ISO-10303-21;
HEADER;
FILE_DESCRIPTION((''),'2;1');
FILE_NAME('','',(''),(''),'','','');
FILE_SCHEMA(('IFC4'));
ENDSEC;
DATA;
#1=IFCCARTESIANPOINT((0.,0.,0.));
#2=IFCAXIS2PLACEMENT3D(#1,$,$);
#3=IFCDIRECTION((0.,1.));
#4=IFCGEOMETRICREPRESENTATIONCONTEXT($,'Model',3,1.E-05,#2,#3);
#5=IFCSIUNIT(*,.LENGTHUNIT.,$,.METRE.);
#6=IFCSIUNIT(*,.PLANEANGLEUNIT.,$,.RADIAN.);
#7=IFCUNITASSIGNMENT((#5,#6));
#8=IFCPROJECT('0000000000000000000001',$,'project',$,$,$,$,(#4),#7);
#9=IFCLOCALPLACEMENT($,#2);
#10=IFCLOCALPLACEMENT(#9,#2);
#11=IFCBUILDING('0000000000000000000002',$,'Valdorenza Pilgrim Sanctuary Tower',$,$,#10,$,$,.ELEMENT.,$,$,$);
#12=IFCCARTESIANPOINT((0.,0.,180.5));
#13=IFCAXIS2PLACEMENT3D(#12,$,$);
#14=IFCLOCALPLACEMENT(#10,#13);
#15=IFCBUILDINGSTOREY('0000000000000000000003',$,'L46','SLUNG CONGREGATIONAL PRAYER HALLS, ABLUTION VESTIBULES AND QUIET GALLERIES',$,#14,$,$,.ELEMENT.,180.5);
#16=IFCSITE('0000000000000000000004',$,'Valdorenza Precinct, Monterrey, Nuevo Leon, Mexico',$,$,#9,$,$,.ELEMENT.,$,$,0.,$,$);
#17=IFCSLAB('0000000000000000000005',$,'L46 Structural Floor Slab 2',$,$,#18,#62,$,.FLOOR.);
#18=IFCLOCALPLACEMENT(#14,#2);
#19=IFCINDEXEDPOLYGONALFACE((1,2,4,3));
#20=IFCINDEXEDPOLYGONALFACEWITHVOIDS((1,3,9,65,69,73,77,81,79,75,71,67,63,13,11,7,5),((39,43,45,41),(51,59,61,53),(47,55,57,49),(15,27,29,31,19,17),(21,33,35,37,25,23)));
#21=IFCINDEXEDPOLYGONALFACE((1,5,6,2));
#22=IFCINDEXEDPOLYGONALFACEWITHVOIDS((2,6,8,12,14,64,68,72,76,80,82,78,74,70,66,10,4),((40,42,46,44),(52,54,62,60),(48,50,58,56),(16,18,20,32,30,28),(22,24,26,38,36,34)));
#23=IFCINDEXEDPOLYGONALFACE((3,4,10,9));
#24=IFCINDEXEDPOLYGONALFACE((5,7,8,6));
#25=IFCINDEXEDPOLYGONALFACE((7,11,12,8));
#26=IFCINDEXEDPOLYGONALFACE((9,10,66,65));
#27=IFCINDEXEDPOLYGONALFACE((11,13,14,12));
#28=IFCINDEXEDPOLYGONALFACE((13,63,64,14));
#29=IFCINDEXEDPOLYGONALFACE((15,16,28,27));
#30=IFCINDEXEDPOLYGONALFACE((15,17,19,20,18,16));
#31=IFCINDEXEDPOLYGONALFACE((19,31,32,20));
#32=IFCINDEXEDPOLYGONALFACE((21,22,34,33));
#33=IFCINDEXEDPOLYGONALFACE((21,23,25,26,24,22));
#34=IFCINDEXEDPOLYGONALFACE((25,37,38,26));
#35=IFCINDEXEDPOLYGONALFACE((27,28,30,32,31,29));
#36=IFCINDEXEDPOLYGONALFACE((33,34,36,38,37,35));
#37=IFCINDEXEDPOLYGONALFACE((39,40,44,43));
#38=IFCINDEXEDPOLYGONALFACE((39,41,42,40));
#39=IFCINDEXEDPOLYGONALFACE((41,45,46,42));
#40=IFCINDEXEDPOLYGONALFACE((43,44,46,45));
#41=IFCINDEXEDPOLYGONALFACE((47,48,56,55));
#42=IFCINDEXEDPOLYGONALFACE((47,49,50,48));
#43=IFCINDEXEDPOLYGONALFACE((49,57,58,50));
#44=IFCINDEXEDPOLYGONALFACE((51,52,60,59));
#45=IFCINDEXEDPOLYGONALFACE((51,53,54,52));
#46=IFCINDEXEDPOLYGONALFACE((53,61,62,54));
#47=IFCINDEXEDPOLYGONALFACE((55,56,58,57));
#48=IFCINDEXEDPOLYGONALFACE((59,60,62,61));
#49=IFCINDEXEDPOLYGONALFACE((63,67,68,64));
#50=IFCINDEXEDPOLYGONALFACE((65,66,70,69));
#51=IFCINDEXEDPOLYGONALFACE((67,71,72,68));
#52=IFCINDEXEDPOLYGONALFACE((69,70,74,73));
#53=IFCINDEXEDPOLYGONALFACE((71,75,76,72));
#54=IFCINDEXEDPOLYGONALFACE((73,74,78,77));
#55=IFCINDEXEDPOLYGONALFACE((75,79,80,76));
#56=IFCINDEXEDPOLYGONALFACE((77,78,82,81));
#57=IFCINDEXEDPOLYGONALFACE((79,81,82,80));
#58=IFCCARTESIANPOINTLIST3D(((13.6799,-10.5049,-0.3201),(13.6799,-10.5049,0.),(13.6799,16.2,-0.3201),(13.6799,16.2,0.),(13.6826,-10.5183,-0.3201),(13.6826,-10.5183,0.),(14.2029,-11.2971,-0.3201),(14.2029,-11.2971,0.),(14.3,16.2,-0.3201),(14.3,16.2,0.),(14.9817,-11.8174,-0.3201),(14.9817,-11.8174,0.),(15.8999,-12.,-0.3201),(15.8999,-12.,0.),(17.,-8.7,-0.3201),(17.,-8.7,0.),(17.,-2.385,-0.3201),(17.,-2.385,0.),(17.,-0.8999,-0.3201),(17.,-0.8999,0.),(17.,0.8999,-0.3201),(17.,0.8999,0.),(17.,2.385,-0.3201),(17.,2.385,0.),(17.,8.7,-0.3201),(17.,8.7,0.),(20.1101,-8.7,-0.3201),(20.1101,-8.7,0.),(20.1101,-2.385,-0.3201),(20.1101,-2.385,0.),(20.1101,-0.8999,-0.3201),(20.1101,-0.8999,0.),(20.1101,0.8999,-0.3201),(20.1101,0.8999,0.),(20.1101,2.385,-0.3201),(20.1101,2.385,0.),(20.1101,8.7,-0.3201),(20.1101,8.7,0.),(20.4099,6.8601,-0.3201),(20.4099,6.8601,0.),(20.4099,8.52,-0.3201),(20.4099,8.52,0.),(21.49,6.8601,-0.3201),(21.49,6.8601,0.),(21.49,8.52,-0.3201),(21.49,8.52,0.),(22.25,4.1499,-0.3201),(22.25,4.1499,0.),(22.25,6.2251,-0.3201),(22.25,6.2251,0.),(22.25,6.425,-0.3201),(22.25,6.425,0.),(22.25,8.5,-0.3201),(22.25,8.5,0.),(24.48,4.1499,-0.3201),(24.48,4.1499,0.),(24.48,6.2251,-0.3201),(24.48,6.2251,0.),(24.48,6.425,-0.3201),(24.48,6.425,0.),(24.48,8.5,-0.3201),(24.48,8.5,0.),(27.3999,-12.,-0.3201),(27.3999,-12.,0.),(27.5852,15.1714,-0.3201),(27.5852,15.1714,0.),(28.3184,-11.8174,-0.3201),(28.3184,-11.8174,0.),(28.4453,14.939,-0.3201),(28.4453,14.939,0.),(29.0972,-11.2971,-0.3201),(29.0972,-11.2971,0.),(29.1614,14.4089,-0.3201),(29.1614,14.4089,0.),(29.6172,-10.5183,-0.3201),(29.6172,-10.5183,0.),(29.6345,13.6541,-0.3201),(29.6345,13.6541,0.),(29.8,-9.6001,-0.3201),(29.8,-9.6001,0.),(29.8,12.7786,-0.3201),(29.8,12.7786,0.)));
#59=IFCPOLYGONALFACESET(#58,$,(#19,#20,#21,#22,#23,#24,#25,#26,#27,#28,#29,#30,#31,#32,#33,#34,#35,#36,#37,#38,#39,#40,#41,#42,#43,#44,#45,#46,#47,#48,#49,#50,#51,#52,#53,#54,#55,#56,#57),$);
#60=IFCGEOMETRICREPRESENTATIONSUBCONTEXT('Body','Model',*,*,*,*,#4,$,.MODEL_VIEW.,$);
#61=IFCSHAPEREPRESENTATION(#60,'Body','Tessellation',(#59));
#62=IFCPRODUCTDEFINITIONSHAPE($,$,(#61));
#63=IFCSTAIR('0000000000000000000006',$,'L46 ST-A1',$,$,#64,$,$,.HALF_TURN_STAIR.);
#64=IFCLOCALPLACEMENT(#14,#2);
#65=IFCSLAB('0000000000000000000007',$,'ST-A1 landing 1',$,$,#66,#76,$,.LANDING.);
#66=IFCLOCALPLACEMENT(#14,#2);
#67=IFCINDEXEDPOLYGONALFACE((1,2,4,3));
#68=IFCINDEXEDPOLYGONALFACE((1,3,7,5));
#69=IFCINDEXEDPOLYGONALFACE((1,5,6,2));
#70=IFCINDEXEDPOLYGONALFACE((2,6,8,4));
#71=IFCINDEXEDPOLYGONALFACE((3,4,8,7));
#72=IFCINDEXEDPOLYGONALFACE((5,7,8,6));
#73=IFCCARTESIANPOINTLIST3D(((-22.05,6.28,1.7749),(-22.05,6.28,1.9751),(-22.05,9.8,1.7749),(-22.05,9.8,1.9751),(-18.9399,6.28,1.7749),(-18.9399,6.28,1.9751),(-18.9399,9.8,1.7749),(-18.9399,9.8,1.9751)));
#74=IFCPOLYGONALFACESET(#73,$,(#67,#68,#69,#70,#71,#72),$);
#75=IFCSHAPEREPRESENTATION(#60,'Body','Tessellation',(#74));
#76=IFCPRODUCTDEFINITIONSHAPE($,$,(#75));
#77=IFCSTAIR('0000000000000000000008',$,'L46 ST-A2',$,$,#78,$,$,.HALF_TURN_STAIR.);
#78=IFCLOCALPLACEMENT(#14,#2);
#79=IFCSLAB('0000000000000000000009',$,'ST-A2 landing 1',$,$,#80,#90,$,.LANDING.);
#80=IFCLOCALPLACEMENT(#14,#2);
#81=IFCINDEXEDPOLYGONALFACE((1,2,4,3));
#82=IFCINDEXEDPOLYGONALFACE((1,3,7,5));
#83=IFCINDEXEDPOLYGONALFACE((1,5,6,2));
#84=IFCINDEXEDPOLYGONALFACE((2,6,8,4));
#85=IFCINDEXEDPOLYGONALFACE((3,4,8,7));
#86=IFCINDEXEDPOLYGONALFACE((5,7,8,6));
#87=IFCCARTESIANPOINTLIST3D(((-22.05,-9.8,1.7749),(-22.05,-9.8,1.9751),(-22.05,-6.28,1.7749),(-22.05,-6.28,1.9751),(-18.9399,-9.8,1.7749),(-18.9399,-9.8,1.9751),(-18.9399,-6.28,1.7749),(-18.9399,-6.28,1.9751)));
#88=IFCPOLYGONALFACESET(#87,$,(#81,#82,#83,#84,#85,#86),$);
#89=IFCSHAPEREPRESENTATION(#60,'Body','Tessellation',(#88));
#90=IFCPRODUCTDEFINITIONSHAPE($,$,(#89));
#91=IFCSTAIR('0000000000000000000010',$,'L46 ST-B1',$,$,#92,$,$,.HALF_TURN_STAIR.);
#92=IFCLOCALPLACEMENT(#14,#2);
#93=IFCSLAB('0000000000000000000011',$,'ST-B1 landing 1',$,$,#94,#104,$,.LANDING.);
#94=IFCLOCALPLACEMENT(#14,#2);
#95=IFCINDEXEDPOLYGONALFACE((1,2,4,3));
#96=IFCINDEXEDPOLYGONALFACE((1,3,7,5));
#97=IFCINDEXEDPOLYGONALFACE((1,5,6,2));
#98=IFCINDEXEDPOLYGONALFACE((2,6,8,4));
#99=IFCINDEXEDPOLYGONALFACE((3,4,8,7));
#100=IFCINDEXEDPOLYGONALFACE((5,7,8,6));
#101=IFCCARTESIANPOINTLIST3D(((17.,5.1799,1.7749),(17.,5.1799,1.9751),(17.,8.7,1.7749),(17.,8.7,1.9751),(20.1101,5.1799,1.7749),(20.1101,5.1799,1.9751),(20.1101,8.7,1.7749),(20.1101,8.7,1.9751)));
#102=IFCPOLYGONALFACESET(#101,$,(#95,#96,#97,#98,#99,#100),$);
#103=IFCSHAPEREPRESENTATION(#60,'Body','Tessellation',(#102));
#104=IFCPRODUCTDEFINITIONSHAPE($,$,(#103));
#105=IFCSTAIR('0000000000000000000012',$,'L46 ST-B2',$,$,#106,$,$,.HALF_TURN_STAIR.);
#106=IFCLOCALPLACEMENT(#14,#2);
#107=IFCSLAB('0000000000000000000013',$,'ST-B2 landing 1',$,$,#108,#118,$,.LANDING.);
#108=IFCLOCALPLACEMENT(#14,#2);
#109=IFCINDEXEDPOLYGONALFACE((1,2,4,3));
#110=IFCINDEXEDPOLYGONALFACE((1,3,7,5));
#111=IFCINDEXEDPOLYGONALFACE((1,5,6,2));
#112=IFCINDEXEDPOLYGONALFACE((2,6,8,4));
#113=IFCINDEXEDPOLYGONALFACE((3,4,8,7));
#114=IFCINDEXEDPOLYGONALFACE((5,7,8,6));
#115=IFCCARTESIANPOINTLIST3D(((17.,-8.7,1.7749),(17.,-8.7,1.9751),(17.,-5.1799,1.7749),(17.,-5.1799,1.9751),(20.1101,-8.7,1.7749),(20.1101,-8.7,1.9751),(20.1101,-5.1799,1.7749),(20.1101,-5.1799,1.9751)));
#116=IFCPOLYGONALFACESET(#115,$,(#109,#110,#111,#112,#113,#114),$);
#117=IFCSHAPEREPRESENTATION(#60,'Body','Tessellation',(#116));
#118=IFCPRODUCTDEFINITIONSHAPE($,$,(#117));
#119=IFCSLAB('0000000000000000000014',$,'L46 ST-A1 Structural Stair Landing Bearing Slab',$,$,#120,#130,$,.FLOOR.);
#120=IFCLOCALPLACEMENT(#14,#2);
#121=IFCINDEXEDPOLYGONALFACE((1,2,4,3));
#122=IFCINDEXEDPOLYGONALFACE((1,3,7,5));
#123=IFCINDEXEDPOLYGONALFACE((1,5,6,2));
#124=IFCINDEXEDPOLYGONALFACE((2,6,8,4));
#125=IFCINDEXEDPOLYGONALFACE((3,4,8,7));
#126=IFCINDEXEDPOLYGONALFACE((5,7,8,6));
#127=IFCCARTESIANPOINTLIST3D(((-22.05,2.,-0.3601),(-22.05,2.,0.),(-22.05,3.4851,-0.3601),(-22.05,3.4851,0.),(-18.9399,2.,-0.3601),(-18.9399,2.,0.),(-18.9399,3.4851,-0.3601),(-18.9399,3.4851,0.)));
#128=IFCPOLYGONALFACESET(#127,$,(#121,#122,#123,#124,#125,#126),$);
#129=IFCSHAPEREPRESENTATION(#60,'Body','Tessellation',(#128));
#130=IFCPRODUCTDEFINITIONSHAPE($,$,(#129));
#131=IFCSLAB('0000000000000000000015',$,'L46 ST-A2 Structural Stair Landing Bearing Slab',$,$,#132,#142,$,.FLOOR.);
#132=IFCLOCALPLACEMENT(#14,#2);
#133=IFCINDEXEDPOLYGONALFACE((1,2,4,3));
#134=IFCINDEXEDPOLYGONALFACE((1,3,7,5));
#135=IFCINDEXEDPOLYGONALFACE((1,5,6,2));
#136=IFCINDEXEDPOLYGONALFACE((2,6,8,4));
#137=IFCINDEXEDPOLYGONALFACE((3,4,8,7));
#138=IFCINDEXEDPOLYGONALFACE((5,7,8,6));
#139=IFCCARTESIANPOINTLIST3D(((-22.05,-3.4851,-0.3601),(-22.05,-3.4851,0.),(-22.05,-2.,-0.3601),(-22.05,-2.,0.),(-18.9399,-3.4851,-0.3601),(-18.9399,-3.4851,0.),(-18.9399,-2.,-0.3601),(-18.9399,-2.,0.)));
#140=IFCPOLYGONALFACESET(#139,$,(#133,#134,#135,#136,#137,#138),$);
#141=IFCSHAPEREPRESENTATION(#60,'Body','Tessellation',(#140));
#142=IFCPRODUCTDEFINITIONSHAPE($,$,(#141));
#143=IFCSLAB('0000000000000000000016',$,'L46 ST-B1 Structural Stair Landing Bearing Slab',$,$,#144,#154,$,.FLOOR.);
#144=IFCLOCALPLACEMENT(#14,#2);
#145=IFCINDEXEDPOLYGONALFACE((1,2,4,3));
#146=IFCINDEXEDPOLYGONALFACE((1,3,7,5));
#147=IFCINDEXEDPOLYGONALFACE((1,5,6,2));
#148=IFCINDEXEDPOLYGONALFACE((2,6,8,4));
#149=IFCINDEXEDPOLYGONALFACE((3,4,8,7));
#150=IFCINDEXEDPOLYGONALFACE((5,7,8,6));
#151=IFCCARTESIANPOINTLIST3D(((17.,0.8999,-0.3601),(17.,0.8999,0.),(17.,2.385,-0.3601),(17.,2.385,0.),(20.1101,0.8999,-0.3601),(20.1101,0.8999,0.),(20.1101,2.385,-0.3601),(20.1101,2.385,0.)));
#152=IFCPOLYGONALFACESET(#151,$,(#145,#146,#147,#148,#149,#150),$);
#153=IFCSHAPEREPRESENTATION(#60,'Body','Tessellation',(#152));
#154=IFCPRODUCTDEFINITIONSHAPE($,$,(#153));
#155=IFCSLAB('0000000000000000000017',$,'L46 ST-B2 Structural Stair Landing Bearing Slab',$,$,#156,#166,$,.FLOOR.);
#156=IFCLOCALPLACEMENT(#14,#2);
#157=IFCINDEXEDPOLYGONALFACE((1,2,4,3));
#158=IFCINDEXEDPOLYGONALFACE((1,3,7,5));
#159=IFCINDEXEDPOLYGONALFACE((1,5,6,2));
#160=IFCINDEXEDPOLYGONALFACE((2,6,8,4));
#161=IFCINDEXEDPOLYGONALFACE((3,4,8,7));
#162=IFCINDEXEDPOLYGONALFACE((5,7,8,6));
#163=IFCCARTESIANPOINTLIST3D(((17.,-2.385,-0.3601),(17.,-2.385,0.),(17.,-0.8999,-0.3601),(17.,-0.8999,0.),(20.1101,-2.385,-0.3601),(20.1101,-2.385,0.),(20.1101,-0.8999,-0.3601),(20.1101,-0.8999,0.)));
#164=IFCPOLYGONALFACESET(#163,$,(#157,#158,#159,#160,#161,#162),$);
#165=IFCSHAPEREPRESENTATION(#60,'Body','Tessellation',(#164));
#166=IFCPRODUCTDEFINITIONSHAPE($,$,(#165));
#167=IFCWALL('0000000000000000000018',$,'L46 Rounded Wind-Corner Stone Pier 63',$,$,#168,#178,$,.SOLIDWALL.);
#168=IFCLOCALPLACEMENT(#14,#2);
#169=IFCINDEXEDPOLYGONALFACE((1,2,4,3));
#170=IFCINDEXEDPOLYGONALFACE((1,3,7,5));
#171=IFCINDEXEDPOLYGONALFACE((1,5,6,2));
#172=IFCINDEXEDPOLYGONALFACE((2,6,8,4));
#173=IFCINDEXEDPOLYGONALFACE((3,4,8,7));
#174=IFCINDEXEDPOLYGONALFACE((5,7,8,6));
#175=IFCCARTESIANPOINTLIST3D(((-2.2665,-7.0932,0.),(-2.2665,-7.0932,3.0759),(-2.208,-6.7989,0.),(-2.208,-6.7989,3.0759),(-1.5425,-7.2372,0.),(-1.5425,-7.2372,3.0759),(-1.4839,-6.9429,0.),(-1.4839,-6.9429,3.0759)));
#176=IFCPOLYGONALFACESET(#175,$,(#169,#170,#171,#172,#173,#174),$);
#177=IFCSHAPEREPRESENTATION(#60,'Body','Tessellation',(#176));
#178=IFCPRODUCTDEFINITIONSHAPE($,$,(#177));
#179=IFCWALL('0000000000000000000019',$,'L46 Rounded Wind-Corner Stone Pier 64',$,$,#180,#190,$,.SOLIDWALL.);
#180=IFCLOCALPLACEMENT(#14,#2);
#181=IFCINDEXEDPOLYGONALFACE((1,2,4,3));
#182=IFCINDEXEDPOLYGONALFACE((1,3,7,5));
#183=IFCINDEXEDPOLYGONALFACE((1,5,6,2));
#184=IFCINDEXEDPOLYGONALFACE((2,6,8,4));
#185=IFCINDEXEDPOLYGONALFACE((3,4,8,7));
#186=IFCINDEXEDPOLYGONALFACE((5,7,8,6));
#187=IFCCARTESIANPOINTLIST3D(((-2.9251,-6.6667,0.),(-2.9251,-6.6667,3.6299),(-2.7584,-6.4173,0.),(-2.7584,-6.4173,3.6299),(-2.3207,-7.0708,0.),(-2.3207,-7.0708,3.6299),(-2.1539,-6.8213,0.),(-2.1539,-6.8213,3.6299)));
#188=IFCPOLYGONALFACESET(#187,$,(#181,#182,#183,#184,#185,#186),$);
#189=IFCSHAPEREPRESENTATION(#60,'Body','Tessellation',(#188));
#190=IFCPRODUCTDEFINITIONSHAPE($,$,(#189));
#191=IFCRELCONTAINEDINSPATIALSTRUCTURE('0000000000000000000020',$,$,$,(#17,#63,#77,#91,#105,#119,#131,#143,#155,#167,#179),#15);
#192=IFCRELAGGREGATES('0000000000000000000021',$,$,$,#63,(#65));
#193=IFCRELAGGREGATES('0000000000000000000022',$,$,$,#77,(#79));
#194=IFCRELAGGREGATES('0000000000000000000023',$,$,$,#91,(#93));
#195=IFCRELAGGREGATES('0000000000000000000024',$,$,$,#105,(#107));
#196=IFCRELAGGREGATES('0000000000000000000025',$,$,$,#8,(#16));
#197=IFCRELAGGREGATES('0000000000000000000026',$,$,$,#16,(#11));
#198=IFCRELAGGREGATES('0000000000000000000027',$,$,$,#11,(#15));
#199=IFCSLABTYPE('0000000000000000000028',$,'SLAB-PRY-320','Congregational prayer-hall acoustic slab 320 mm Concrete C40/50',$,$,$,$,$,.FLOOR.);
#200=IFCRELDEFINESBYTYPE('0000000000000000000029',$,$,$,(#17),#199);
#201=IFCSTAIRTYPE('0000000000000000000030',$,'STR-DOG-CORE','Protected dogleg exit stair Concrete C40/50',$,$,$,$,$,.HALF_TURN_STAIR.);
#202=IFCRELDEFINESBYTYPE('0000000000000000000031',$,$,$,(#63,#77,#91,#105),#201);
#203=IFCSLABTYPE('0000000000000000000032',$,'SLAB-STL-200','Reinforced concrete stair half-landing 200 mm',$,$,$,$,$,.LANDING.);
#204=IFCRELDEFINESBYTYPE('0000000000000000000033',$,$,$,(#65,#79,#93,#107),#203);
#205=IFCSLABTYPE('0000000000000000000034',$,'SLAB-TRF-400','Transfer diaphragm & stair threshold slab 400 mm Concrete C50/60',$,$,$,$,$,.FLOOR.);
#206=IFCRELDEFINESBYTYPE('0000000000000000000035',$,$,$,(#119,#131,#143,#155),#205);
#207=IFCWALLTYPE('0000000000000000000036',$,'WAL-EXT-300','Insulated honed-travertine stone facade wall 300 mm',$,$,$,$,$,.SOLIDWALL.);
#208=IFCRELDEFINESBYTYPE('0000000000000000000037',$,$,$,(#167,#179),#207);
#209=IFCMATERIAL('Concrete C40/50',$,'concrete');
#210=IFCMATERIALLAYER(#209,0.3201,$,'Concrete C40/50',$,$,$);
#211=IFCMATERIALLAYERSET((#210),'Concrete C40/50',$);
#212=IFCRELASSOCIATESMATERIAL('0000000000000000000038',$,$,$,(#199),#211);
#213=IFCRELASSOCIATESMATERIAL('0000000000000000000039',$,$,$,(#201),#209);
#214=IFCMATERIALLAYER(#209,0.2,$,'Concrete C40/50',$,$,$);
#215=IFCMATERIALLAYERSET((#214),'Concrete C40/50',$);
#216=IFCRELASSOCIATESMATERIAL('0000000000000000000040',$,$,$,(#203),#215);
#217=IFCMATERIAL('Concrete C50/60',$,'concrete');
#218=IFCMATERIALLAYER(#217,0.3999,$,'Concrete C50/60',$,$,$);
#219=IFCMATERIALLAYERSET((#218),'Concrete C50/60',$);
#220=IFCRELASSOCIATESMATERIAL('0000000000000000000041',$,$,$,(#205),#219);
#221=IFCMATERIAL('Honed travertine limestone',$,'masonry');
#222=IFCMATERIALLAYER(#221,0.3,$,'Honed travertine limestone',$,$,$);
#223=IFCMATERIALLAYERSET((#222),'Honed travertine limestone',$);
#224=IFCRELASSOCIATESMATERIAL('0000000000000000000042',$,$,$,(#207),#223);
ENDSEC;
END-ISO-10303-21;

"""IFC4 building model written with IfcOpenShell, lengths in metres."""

from ifc_helpers import new_model, si_unit, direction, frame, frame_2d, origin, place, context, subcontext, project, spatial, polyline, rectangle, outline, extrude, material, layer, layer_set, type_object, element, aggregate, save


model = new_model("IFC4")

# Units and contexts
model_context = context("Model", 3, precision=1e-05, world=origin(), true_north=direction((0.0, 1.0)))
body_context = subcontext(model_context, "Body", "Model", "MODEL_VIEW")
ifc_project = project(units=[si_unit("LENGTHUNIT", "METRE"), si_unit("PLANEANGLEUNIT", "RADIAN")], contexts=[model_context])

# Site, building, storey
site_placement = place(None, origin())
site = spatial("IfcSite", under=ifc_project, at=site_placement, Name="Valdorenza Precinct, Monterrey, Nuevo Leon, Mexico", CompositionType="ELEMENT", RefElevation=0.0)
building_placement = place(site_placement, origin())
building = spatial("IfcBuilding", under=site, at=building_placement, Name="Valdorenza Pilgrim Sanctuary Tower", CompositionType="ELEMENT")
storey_placement = place(building_placement, frame((0.0, 0.0, 180.5)))
storey = spatial("IfcBuildingStorey", under=building, at=storey_placement, Name="L46", Description="SLUNG CONGREGATIONAL PRAYER HALLS, ABLUTION VESTIBULES AND QUIET GALLERIES", CompositionType="ELEMENT", Elevation=180.5)

# Slab
ifc_material_1 = material(Name="Concrete C40/50", Category="concrete")
ifc_layer_1 = layer(ifc_material_1, 0.3201, Name="Concrete C40/50")
ifc_layer_set_1 = layer_set([ifc_layer_1], Name="Concrete C40/50")
slab_type_1 = type_object("IfcSlabType", Name="SLAB-PRY-320", Description="Congregational prayer-hall acoustic slab 320 mm Concrete C40/50", PredefinedType="FLOOR", material=ifc_layer_set_1)
slab_1_placement = place(storey_placement, frame((0.0, 0.0, -0.3201)))
element("IfcSlab", 1, at=slab_1_placement, inside=storey, type_object=slab_type_1, Name="L46 Structural Floor Slab 2", PredefinedType="FLOOR", context=body_context, shape_type="SweptSolid", body=[
    extrude(outline(polyline([(27.5852, 15.1714), (28.4453, 14.939), (29.1614, 14.4089), (29.6345, 13.6541), (29.8, 12.7786), (29.8, -9.6001), (29.6172, -10.5183), (29.0972, -11.2971), (28.3184, -11.8174), (27.3999, -12.0), (15.8999, -12.0), (14.9817, -11.8174), (14.2029, -11.2971), (13.6826, -10.5183), (13.6799, -10.5049), (13.6799, 16.2), (14.3, 16.2), (27.5852, 15.1714)]), holes=[polyline([(17.0, -8.7), (20.1101, -8.7), (20.1101, -2.385), (20.1101, -0.8999), (17.0, -0.8999), (17.0, -2.385), (17.0, -8.7)]), polyline([(17.0, 0.8999), (20.1101, 0.8999), (20.1101, 2.385), (20.1101, 8.7), (17.0, 8.7), (17.0, 2.385), (17.0, 0.8999)]), polyline([(22.25, 4.1499), (24.48, 4.1499), (24.48, 6.2251), (22.25, 6.2251), (22.25, 4.1499)]), polyline([(22.25, 6.425), (24.48, 6.425), (24.48, 8.5), (22.25, 8.5), (22.25, 6.425)]), polyline([(20.4099, 6.8601), (21.49, 6.8601), (21.49, 8.52), (20.4099, 8.52), (20.4099, 6.8601)])]), origin(), (0.0, 0.0, 1.0), 0.3201),
])

# Stairs, slabs
stair_type = type_object("IfcStairType", Name="STR-DOG-CORE", Description="Protected dogleg exit stair Concrete C40/50", PredefinedType="HALF_TURN_STAIR", material=ifc_material_1)
stair_1_placement = place(storey_placement, origin())
stair_1 = element("IfcStair", 2, at=stair_1_placement, inside=storey, type_object=stair_type, Name="L46 ST-A1", PredefinedType="HALF_TURN_STAIR")
ifc_layer_2 = layer(ifc_material_1, 0.2, Name="Concrete C40/50")
ifc_layer_set_2 = layer_set([ifc_layer_2], Name="Concrete C40/50")
slab_type_2 = type_object("IfcSlabType", Name="SLAB-STL-200", Description="Reinforced concrete stair half-landing 200 mm", PredefinedType="LANDING", material=ifc_layer_set_2)
slab_2_placement = place(storey_placement, frame((0.0, 0.0, 1.7749)))
slab_2 = element("IfcSlab", 3, at=slab_2_placement, type_object=slab_type_2, Name="ST-A1 landing 1", PredefinedType="LANDING", context=body_context, shape_type="SweptSolid", body=[
    extrude(outline(polyline([(-18.9399, 6.28), (-18.9399, 9.8), (-22.05, 9.8), (-22.05, 6.28), (-18.9399, 6.28)])), origin(), (0.0, 0.0, 1.0), 0.2002),
])
aggregate(stair_1, [slab_2])
stair_2_placement = place(storey_placement, origin())
stair_2 = element("IfcStair", 4, at=stair_2_placement, inside=storey, type_object=stair_type, Name="L46 ST-A2", PredefinedType="HALF_TURN_STAIR")
slab_3_placement = place(storey_placement, frame((0.0, 0.0, 1.7749)))
slab_3 = element("IfcSlab", 5, at=slab_3_placement, type_object=slab_type_2, Name="ST-A2 landing 1", PredefinedType="LANDING", context=body_context, shape_type="SweptSolid", body=[
    extrude(outline(polyline([(-22.05, -6.28), (-22.05, -9.8), (-18.9399, -9.8), (-18.9399, -6.28), (-22.05, -6.28)])), origin(), (0.0, 0.0, 1.0), 0.2002),
])
aggregate(stair_2, [slab_3])
stair_3_placement = place(storey_placement, origin())
stair_3 = element("IfcStair", 6, at=stair_3_placement, inside=storey, type_object=stair_type, Name="L46 ST-B1", PredefinedType="HALF_TURN_STAIR")
slab_4_placement = place(storey_placement, frame((0.0, 0.0, 1.7749)))
slab_4 = element("IfcSlab", 7, at=slab_4_placement, type_object=slab_type_2, Name="ST-B1 landing 1", PredefinedType="LANDING", context=body_context, shape_type="SweptSolid", body=[
    extrude(outline(polyline([(20.1101, 5.1799), (20.1101, 8.7), (17.0, 8.7), (17.0, 5.1799), (20.1101, 5.1799)])), origin(), (0.0, 0.0, 1.0), 0.2002),
])
aggregate(stair_3, [slab_4])
stair_4_placement = place(storey_placement, origin())
stair_4 = element("IfcStair", 8, at=stair_4_placement, inside=storey, type_object=stair_type, Name="L46 ST-B2", PredefinedType="HALF_TURN_STAIR")
slab_5_placement = place(storey_placement, frame((0.0, 0.0, 1.7749)))
slab_5 = element("IfcSlab", 9, at=slab_5_placement, type_object=slab_type_2, Name="ST-B2 landing 1", PredefinedType="LANDING", context=body_context, shape_type="SweptSolid", body=[
    extrude(outline(polyline([(17.0, -5.1799), (17.0, -8.7), (20.1101, -8.7), (20.1101, -5.1799), (17.0, -5.1799)])), origin(), (0.0, 0.0, 1.0), 0.2002),
])
aggregate(stair_4, [slab_5])

# Slabs
ifc_material_2 = material(Name="Concrete C50/60", Category="concrete")
ifc_layer_3 = layer(ifc_material_2, 0.3999, Name="Concrete C50/60")
ifc_layer_set_3 = layer_set([ifc_layer_3], Name="Concrete C50/60")
slab_type_3 = type_object("IfcSlabType", Name="SLAB-TRF-400", Description="Transfer diaphragm & stair threshold slab 400 mm Concrete C50/60", PredefinedType="FLOOR", material=ifc_layer_set_3)
slab_6_placement = place(storey_placement, frame((0.0, 0.0, -0.3601)))
element("IfcSlab", 10, at=slab_6_placement, inside=storey, type_object=slab_type_3, Name="L46 ST-A1 Structural Stair Landing Bearing Slab", PredefinedType="FLOOR", context=body_context, shape_type="SweptSolid", body=[
    extrude(outline(polyline([(-22.05, 2.0), (-18.9399, 2.0), (-18.9399, 3.4851), (-22.05, 3.4851), (-22.05, 2.0)])), origin(), (0.0, 0.0, 1.0), 0.3601),
])
slab_7_placement = place(storey_placement, frame((0.0, 0.0, -0.3601)))
element("IfcSlab", 11, at=slab_7_placement, inside=storey, type_object=slab_type_3, Name="L46 ST-A2 Structural Stair Landing Bearing Slab", PredefinedType="FLOOR", context=body_context, shape_type="SweptSolid", body=[
    extrude(outline(polyline([(-22.05, -3.4851), (-18.9399, -3.4851), (-18.9399, -2.0), (-22.05, -2.0), (-22.05, -3.4851)])), origin(), (0.0, 0.0, 1.0), 0.3601),
])
slab_8_placement = place(storey_placement, frame((0.0, 0.0, -0.3601)))
element("IfcSlab", 12, at=slab_8_placement, inside=storey, type_object=slab_type_3, Name="L46 ST-B1 Structural Stair Landing Bearing Slab", PredefinedType="FLOOR", context=body_context, shape_type="SweptSolid", body=[
    extrude(outline(polyline([(17.0, 0.8999), (20.1101, 0.8999), (20.1101, 2.385), (17.0, 2.385), (17.0, 0.8999)])), origin(), (0.0, 0.0, 1.0), 0.3601),
])
slab_9_placement = place(storey_placement, frame((0.0, 0.0, -0.3601)))
element("IfcSlab", 13, at=slab_9_placement, inside=storey, type_object=slab_type_3, Name="L46 ST-B2 Structural Stair Landing Bearing Slab", PredefinedType="FLOOR", context=body_context, shape_type="SweptSolid", body=[
    extrude(outline(polyline([(17.0, -2.385), (20.1101, -2.385), (20.1101, -0.8999), (17.0, -0.8999), (17.0, -2.385)])), origin(), (0.0, 0.0, 1.0), 0.3601),
])

# Walls
ifc_material_3 = material(Name="Honed travertine limestone", Category="masonry")
ifc_layer_4 = layer(ifc_material_3, 0.3, Name="Honed travertine limestone")
ifc_layer_set_4 = layer_set([ifc_layer_4], Name="Honed travertine limestone")
wall_type = type_object("IfcWallType", Name="WAL-EXT-300", Description="Insulated honed-travertine stone facade wall 300 mm", PredefinedType="SOLIDWALL", material=ifc_layer_set_4)
wall_1_placement = place(storey_placement, frame((-1.5132, -7.0901, 0.0), z_axis=(0.0, 0.0, 1.0), x_axis=(-0.980784, 0.195099, 0.0)))
element("IfcWall", 14, at=wall_1_placement, inside=storey, type_object=wall_type, Name="L46 Rounded Wind-Corner Stone Pier 63", PredefinedType="SOLIDWALL", context=body_context, shape_type="SweptSolid", body=[
    extrude(rectangle(XDim=0.7383, YDim=0.3, at=frame_2d((0.3691, 0.0))), origin(), (0.0, 0.0, 1.0), 3.0759),
])
wall_2_placement = place(storey_placement, frame((-2.2373, -6.946, 0.0), z_axis=(0.0, 0.0, 1.0), x_axis=(-0.831378, 0.555707, 0.0)))
element("IfcWall", 15, at=wall_2_placement, inside=storey, type_object=wall_type, Name="L46 Rounded Wind-Corner Stone Pier 64", PredefinedType="SOLIDWALL", context=body_context, shape_type="SweptSolid", body=[
    extrude(rectangle(XDim=0.7271, YDim=0.3, at=frame_2d((0.3635, 0.0))), origin(), (0.0, 0.0, 1.0), 3.6299),
])

save(model, "model.ifc")
